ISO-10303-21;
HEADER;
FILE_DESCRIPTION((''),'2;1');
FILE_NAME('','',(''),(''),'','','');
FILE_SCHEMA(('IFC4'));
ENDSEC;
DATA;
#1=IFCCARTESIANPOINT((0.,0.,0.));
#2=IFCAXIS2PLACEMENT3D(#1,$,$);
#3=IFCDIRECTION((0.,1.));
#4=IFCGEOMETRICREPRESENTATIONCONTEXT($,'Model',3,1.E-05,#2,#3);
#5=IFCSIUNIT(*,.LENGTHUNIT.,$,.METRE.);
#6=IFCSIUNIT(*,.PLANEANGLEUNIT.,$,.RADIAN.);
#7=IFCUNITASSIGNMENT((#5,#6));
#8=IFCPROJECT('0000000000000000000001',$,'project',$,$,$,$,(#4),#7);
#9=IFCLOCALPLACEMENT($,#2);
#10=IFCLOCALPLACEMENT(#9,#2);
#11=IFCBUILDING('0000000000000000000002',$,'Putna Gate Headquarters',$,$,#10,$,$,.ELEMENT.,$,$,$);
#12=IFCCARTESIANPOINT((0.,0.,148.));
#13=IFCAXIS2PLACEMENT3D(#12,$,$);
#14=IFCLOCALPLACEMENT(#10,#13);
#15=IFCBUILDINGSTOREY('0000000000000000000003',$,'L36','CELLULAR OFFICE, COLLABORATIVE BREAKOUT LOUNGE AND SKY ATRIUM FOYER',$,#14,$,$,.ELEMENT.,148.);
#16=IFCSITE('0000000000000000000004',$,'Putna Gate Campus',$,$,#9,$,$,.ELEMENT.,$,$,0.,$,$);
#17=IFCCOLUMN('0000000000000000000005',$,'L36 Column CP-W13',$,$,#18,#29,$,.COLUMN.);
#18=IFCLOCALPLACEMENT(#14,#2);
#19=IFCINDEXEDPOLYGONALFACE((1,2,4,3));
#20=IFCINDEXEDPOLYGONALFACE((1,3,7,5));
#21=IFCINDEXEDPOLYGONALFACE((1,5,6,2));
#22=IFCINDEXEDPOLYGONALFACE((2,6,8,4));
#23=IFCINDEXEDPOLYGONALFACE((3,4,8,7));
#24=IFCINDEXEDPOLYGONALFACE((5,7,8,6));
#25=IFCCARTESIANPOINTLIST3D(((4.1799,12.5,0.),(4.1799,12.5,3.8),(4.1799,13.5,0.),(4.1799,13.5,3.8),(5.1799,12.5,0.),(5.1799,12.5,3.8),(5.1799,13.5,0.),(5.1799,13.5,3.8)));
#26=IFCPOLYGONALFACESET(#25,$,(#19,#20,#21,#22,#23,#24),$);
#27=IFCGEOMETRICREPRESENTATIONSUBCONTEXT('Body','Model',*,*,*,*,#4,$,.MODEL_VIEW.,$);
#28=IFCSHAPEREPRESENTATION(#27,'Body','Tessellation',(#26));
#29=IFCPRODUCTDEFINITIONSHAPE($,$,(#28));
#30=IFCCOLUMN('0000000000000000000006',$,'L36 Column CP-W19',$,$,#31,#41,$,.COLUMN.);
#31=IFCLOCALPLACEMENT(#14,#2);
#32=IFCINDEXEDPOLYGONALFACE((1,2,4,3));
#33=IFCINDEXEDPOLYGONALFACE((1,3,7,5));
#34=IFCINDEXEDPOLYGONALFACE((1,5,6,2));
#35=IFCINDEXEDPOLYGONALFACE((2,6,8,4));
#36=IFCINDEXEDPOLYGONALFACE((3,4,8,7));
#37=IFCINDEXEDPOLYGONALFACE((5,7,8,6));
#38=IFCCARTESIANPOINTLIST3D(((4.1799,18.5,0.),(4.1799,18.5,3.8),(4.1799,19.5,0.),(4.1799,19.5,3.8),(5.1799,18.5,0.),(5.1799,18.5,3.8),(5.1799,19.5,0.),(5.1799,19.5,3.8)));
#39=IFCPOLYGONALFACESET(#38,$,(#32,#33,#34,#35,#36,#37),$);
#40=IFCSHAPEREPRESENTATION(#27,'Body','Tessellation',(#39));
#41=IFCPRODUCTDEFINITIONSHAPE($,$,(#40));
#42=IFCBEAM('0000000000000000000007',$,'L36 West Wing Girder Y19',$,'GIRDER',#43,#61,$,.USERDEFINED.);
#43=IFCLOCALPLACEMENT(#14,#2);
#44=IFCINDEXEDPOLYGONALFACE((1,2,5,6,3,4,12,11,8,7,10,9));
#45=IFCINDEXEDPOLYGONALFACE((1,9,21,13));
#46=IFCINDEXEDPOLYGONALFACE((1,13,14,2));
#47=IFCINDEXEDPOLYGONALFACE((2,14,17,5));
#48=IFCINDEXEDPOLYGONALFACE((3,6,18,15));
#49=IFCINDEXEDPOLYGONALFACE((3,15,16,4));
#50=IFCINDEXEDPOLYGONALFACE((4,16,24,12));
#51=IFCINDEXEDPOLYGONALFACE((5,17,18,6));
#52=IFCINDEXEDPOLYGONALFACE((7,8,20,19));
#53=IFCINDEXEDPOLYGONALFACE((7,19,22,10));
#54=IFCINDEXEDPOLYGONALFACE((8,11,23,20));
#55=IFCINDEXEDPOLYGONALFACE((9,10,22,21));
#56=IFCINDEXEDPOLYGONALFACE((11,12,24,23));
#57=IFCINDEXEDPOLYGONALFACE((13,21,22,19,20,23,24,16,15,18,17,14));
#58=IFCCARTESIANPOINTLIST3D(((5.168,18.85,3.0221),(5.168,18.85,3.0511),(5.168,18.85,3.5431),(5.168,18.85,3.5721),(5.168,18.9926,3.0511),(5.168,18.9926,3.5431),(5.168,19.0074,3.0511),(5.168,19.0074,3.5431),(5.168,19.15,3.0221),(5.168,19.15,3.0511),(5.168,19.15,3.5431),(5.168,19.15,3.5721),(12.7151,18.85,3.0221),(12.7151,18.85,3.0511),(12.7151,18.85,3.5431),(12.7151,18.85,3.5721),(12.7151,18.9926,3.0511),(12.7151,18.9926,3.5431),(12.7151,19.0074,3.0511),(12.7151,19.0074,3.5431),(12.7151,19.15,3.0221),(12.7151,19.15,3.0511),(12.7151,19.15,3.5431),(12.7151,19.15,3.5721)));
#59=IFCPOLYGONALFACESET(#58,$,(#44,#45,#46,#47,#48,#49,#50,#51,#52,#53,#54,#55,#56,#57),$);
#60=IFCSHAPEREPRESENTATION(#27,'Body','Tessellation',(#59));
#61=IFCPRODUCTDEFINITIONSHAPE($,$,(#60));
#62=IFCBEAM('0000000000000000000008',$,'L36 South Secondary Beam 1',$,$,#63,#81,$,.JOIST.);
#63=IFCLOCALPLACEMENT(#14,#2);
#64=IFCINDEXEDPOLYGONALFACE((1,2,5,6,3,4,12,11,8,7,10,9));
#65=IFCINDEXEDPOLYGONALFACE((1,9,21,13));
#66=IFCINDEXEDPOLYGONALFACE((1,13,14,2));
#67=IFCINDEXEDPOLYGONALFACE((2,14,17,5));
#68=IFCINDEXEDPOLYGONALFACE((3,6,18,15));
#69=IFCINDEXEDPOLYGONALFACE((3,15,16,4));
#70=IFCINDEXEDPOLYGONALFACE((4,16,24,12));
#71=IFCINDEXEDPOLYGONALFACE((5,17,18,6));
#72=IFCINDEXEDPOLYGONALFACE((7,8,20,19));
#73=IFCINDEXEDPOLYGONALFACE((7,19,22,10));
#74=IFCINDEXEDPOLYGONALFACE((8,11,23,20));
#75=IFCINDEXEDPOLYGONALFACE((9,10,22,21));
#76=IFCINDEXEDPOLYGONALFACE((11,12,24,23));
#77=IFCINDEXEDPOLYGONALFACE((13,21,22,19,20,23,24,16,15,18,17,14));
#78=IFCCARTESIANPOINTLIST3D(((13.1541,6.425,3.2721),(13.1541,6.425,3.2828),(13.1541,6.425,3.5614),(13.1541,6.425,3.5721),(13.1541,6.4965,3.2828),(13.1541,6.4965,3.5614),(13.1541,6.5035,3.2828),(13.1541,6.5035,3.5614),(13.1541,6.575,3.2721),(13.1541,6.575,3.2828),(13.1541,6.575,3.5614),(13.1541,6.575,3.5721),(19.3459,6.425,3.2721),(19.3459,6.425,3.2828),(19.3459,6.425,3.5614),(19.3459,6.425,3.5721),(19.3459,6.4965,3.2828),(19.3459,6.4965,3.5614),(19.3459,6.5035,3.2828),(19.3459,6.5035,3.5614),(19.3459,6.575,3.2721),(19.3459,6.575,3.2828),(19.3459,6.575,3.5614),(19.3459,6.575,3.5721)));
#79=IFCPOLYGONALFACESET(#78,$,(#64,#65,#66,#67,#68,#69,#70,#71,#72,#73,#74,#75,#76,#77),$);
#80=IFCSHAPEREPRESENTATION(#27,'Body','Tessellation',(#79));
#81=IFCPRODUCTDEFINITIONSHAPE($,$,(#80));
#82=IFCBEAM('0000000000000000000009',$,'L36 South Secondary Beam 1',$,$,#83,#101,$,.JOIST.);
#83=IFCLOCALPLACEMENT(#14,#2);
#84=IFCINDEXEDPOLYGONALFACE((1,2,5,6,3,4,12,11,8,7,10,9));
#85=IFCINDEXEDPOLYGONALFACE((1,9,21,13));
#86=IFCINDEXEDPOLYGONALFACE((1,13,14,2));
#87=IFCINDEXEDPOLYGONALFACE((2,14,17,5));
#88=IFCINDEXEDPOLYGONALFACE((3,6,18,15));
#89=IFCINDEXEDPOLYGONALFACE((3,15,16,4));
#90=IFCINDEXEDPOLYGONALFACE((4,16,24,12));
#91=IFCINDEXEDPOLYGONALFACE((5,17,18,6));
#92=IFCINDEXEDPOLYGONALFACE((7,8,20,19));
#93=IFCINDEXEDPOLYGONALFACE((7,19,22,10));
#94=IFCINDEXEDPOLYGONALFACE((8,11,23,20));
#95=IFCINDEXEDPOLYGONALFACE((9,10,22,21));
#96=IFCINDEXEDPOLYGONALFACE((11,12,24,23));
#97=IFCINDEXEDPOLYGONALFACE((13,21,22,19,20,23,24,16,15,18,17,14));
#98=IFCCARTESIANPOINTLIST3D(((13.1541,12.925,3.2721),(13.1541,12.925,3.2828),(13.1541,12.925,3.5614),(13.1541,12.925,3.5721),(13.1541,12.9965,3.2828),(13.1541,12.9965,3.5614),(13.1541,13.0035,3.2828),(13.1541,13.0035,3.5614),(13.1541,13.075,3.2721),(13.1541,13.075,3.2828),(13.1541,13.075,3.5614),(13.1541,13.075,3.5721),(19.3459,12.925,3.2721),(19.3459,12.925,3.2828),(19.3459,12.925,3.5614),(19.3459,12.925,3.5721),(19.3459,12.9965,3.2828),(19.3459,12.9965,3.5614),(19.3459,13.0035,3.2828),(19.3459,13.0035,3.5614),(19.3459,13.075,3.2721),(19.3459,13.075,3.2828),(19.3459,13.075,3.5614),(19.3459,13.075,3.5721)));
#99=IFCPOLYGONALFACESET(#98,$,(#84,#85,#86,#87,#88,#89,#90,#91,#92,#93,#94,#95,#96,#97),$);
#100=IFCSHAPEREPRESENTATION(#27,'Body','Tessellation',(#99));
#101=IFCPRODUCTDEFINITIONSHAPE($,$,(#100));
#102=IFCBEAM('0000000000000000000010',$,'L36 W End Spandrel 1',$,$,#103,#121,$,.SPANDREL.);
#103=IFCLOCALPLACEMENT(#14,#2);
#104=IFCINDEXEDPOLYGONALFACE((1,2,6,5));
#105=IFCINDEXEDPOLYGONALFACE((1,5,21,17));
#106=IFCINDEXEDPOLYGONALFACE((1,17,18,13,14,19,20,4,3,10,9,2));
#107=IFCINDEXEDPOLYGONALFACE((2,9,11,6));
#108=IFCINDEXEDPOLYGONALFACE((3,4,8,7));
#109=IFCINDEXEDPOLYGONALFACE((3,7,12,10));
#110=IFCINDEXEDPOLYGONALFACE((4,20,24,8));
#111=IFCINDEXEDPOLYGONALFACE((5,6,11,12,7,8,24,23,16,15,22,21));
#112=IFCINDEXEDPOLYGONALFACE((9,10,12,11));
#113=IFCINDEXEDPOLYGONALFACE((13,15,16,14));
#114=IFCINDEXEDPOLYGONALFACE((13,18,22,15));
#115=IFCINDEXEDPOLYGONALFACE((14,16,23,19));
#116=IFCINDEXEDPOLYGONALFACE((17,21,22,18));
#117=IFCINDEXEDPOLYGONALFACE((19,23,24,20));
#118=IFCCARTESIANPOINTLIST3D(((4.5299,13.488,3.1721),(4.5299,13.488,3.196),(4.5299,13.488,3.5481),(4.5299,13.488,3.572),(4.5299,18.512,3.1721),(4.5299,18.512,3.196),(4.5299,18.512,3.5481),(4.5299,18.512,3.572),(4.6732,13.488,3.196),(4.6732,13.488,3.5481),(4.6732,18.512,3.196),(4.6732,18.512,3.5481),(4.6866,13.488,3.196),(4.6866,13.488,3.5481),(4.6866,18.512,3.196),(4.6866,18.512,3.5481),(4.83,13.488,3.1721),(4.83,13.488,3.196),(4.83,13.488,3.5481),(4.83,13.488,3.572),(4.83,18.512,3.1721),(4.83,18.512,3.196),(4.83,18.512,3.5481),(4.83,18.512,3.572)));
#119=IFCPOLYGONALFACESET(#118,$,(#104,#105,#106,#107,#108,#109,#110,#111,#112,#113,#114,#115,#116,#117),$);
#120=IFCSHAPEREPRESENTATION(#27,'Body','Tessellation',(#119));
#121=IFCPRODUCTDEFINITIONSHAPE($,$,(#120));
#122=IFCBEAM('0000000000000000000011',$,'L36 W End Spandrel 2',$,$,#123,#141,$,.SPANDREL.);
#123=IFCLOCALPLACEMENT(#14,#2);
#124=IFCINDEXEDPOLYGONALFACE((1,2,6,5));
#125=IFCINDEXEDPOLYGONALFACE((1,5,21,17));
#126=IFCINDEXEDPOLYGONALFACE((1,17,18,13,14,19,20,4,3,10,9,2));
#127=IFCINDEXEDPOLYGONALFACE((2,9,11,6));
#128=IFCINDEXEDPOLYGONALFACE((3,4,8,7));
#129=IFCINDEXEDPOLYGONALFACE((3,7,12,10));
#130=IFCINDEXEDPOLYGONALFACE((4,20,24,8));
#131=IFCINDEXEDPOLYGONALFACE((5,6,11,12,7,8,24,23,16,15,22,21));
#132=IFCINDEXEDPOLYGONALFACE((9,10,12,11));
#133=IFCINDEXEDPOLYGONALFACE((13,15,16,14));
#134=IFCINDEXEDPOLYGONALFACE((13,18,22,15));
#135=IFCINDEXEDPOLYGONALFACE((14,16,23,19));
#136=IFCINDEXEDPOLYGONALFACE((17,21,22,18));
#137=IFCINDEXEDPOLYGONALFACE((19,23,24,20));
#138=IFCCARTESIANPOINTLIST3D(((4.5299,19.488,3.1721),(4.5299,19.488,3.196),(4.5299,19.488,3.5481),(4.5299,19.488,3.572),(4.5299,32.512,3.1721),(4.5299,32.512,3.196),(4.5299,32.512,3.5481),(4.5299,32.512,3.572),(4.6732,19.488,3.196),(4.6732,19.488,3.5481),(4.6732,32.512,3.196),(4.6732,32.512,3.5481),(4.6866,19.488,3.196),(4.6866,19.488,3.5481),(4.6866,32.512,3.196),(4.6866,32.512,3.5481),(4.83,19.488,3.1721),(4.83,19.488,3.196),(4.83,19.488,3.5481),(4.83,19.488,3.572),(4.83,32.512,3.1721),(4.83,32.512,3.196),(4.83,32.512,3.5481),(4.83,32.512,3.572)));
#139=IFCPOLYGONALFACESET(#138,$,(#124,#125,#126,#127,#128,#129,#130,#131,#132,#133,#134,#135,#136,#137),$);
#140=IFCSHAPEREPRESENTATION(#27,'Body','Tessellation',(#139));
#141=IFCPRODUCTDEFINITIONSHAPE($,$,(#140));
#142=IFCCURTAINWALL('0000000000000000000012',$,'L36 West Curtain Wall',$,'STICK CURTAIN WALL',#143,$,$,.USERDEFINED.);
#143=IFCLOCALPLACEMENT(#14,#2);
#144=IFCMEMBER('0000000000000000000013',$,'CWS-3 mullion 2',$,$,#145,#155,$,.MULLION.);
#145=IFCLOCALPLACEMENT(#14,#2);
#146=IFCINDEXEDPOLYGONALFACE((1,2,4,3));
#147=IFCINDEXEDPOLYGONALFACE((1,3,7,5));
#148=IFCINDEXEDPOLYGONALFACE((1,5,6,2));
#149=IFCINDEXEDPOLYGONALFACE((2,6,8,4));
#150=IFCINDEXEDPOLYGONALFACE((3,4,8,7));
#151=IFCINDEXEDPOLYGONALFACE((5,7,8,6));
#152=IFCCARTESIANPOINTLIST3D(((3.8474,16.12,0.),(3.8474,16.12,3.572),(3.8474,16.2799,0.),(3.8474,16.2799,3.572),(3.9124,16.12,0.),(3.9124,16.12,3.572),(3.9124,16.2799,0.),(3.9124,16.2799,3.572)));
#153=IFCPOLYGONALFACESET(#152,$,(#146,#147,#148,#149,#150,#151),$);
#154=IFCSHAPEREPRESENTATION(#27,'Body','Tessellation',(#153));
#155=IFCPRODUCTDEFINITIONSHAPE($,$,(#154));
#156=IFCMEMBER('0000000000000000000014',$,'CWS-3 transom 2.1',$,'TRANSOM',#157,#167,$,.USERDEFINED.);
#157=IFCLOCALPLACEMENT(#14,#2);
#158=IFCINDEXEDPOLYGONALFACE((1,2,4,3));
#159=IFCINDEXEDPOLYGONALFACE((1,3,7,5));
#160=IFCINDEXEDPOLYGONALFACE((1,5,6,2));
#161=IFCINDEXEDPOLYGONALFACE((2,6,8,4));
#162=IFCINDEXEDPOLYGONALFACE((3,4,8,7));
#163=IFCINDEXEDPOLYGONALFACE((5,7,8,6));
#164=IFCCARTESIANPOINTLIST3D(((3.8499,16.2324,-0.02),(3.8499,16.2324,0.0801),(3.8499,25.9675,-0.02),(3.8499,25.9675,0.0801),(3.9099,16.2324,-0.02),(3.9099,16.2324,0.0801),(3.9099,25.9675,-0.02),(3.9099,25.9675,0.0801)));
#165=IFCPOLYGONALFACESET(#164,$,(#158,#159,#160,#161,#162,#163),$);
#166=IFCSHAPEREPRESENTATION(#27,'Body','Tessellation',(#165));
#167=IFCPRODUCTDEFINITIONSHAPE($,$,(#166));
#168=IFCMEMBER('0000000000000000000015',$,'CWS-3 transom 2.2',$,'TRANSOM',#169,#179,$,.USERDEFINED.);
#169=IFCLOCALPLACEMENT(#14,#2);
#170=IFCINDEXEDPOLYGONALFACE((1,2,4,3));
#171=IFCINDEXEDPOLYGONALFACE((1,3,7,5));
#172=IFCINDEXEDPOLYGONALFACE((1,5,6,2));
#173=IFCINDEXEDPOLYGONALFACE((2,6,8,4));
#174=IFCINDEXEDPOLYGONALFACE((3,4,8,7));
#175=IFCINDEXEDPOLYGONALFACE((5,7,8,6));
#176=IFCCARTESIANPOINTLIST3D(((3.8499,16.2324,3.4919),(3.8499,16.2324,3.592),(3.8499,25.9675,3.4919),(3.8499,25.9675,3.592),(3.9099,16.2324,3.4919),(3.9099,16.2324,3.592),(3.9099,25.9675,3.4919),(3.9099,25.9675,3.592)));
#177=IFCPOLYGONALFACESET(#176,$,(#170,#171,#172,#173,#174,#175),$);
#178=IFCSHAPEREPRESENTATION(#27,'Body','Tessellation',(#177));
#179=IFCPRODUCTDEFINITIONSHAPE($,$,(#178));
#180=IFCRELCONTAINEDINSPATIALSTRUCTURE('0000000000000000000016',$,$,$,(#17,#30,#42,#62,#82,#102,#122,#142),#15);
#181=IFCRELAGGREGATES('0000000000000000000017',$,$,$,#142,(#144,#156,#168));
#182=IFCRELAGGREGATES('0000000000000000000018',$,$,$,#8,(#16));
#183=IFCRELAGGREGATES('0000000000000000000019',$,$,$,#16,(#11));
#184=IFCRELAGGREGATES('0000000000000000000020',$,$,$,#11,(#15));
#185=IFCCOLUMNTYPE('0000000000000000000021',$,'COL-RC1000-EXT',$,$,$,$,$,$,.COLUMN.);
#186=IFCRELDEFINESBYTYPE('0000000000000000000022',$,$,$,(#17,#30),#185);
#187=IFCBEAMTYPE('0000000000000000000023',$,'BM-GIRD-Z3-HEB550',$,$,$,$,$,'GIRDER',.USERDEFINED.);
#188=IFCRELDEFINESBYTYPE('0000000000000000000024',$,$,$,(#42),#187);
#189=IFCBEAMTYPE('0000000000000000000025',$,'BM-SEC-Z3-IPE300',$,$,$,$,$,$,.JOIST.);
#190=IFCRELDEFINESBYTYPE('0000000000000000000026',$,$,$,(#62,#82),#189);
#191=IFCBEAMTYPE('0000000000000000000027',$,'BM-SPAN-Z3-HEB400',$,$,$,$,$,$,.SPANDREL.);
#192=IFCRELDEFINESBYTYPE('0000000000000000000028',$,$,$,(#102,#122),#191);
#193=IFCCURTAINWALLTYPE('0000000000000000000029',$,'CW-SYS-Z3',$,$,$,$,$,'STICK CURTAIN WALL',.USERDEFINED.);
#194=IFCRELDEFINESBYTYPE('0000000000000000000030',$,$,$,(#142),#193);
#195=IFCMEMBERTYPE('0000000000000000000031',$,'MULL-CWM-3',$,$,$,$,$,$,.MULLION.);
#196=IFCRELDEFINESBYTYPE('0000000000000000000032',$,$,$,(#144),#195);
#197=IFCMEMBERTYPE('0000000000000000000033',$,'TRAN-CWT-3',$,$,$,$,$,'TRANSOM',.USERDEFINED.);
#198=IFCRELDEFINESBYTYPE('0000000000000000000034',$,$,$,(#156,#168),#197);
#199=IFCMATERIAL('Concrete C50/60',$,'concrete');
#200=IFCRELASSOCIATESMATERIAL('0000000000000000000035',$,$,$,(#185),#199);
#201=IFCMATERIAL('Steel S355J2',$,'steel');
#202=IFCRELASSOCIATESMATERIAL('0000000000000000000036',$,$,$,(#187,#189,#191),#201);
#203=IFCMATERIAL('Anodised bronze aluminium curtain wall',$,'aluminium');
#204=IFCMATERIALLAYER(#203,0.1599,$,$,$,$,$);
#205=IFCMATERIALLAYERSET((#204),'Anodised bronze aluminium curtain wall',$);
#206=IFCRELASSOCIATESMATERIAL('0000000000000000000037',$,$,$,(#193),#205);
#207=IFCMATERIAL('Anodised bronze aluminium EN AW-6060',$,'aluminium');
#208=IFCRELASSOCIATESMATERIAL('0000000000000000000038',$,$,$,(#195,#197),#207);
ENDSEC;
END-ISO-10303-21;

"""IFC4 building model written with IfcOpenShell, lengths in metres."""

from ifc_helpers import new_model, si_unit, direction, frame, origin, origin_2d, place, context, subcontext, project, spatial, rectangle, i_section, extrude, material, layer, layer_set, material_profile, profile_set, type_object, element, aggregate, save


model = new_model("IFC4")

# Units and contexts
model_context = context("Model", 3, precision=1e-05, world=origin(), true_north=direction((0.0, 1.0)))
body_context = subcontext(model_context, "Body", "Model", "MODEL_VIEW")
ifc_project = project(units=[si_unit("LENGTHUNIT", "METRE"), si_unit("PLANEANGLEUNIT", "RADIAN")], contexts=[model_context])

# Site, building, storey
site_placement = place(None, origin())
site = spatial("IfcSite", under=ifc_project, at=site_placement, Name="Putna Gate Campus", CompositionType="ELEMENT", RefElevation=0.0)
building_placement = place(site_placement, origin())
building = spatial("IfcBuilding", under=site, at=building_placement, Name="Putna Gate Headquarters", CompositionType="ELEMENT")
storey_placement = place(building_placement, frame((0.0, 0.0, 148.0)))
storey = spatial("IfcBuildingStorey", under=building, at=storey_placement, Name="L36", Description="CELLULAR OFFICE, COLLABORATIVE BREAKOUT LOUNGE AND SKY ATRIUM FOYER", CompositionType="ELEMENT", Elevation=148.0)

# Columns
ifc_material_1 = material(Name="Concrete C50/60", Category="concrete")
ifc_material_profile_1 = material_profile(ifc_material_1, rectangle(XDim=1.0, YDim=1.0, at=origin_2d()), Name="Concrete C50/60")
ifc_profile_set_1 = profile_set([ifc_material_profile_1], Name="Concrete C50/60")
column_type = type_object("IfcColumnType", Name="COL-RC1000-EXT", PredefinedType="COLUMN", material=ifc_profile_set_1)
for number, where, z_axis, x_axis, name in (
    (1, (4.6799, 13.0, 0.0), (0.0, 0.0, 1.0), (1.0, 0.0, 0.0), "L36 Column CP-W13"),
    (2, (4.6799, 19.0, 0.0), (0.0, 0.0, 1.0), (1.0, 0.0, 0.0), "L36 Column CP-W19"),
):
    element("IfcColumn", number, at=place(storey_placement, frame(where, z_axis=z_axis, x_axis=x_axis)), inside=storey, type_object=column_type, Name=name, PredefinedType="COLUMN", context=body_context, shape_type="SweptSolid", body=[
        extrude(rectangle(XDim=1.0, YDim=1.0, at=origin_2d()), origin(), (0.0, 0.0, 1.0), 3.8),
    ])

# Beams
ifc_material_2 = material(Name="Steel S355J2", Category="steel")
ifc_material_profile_2 = material_profile(ifc_material_2, i_section(OverallWidth=0.3, OverallDepth=0.55, WebThickness=0.0149, FlangeThickness=0.0291, at=origin_2d()), Name="Steel S355J2")
ifc_profile_set_2 = profile_set([ifc_material_profile_2], Name="Steel S355J2")
beam_type_1 = type_object("IfcBeamType", Name="BM-GIRD-Z3-HEB550", ElementType="GIRDER", PredefinedType="USERDEFINED", material=ifc_profile_set_2)
beam_1_placement = place(storey_placement, frame((5.168, 19.0, 3.2971), z_axis=(1.0, 0.0, 0.0), x_axis=(0.0, 1.0, 0.0)))
element("IfcBeam", 3, at=beam_1_placement, inside=storey, type_object=beam_type_1, Name="L36 West Wing Girder Y19", ObjectType="GIRDER", PredefinedType="USERDEFINED", context=body_context, shape_type="SweptSolid", body=[
    extrude(i_section(OverallWidth=0.3, OverallDepth=0.55, WebThickness=0.0149, FlangeThickness=0.0291, at=origin_2d()), origin(), (0.0, 0.0, 1.0), 7.5471),
])
ifc_material_profile_3 = material_profile(ifc_material_2, i_section(OverallWidth=0.1499, OverallDepth=0.3, WebThickness=0.0071, FlangeThickness=0.0107, at=origin_2d()), Name="Steel S355J2")
ifc_profile_set_3 = profile_set([ifc_material_profile_3], Name="Steel S355J2")
beam_type_2 = type_object("IfcBeamType", Name="BM-SEC-Z3-IPE300", PredefinedType="JOIST", material=ifc_profile_set_3)
for number, where, z_axis, x_axis, name in (
    (4, (13.1541, 6.5, 3.4221), (1.0, 0.0, 0.0), (0.0, 1.0, 0.0), "L36 South Secondary Beam 1"),
    (5, (13.1541, 13.0, 3.4221), (1.0, 0.0, 0.0), (0.0, 1.0, 0.0), "L36 South Secondary Beam 1"),
):
    element("IfcBeam", number, at=place(storey_placement, frame(where, z_axis=z_axis, x_axis=x_axis)), inside=storey, type_object=beam_type_2, Name=name, PredefinedType="JOIST", context=body_context, shape_type="SweptSolid", body=[
        extrude(i_section(OverallWidth=0.1499, OverallDepth=0.3, WebThickness=0.0071, FlangeThickness=0.0107, at=origin_2d()), origin(), (0.0, 0.0, 1.0), 6.1919),
    ])
ifc_material_profile_4 = material_profile(ifc_material_2, i_section(OverallWidth=0.3, OverallDepth=0.3999, WebThickness=0.0134, FlangeThickness=0.0239, at=origin_2d()), Name="Steel S355J2")
ifc_profile_set_4 = profile_set([ifc_material_profile_4], Name="Steel S355J2")
beam_type_3 = type_object("IfcBeamType", Name="BM-SPAN-Z3-HEB400", PredefinedType="SPANDREL", material=ifc_profile_set_4)
beam_2_placement = place(storey_placement, frame((4.6799, 13.488, 3.3721), z_axis=(0.0, 1.0, 0.0), x_axis=(-1.0, 0.0, 0.0)))
element("IfcBeam", 6, at=beam_2_placement, inside=storey, type_object=beam_type_3, Name="L36 W End Spandrel 1", PredefinedType="SPANDREL", context=body_context, shape_type="SweptSolid", body=[
    extrude(i_section(OverallWidth=0.3, OverallDepth=0.3999, WebThickness=0.0134, FlangeThickness=0.0239, at=origin_2d()), origin(), (0.0, 0.0, 1.0), 5.0239),
])
beam_3_placement = place(storey_placement, frame((4.6799, 19.488, 3.3721), z_axis=(0.0, 1.0, 0.0), x_axis=(-1.0, 0.0, 0.0)))
element("IfcBeam", 7, at=beam_3_placement, inside=storey, type_object=beam_type_3, Name="L36 W End Spandrel 2", PredefinedType="SPANDREL", context=body_context, shape_type="SweptSolid", body=[
    extrude(i_section(OverallWidth=0.3, OverallDepth=0.3999, WebThickness=0.0134, FlangeThickness=0.0239, at=origin_2d()), origin(), (0.0, 0.0, 1.0), 13.0239),
])

# Curtain wall, members
ifc_material_3 = material(Name="Anodised bronze aluminium curtain wall", Category="aluminium")
ifc_layer_1 = layer(ifc_material_3, 0.1599)
ifc_layer_set_1 = layer_set([ifc_layer_1], Name="Anodised bronze aluminium curtain wall")
curtain_wall_type = type_object("IfcCurtainWallType", Name="CW-SYS-Z3", ElementType="STICK CURTAIN WALL", PredefinedType="USERDEFINED", material=ifc_layer_set_1)
curtain_wall_placement = place(storey_placement, origin())
curtain_wall = element("IfcCurtainWall", 8, at=curtain_wall_placement, inside=storey, type_object=curtain_wall_type, Name="L36 West Curtain Wall", ObjectType="STICK CURTAIN WALL", PredefinedType="USERDEFINED")
ifc_material_4 = material(Name="Anodised bronze aluminium EN AW-6060", Category="aluminium")
ifc_material_profile_5 = material_profile(ifc_material_4, rectangle(XDim=0.0649, YDim=0.1599, at=origin_2d()), Name="Anodised bronze aluminium EN AW-6060")
ifc_profile_set_5 = profile_set([ifc_material_profile_5], Name="Anodised bronze aluminium EN AW-6060")
member_type_1 = type_object("IfcMemberType", Name="MULL-CWM-3", PredefinedType="MULLION", material=ifc_profile_set_5)
member_1_placement = place(storey_placement, frame((3.8799, 16.2, 0.0), z_axis=(0.0, 0.0, 1.0), x_axis=(-1.0, 0.0, 0.0)))
member_1 = element("IfcMember", 9, at=member_1_placement, type_object=member_type_1, Name="CWS-3 mullion 2", PredefinedType="MULLION", context=body_context, shape_type="SweptSolid", body=[
    extrude(rectangle(XDim=0.0649, YDim=0.1599, at=origin_2d()), origin(), (0.0, 0.0, 1.0), 3.572),
])
ifc_material_profile_6 = material_profile(ifc_material_4, rectangle(XDim=0.0601, YDim=0.1001, at=origin_2d()), Name="Anodised bronze aluminium EN AW-6060")
ifc_profile_set_6 = profile_set([ifc_material_profile_6], Name="Anodised bronze aluminium EN AW-6060")
member_type_2 = type_object("IfcMemberType", Name="TRAN-CWT-3", ElementType="TRANSOM", PredefinedType="USERDEFINED", material=ifc_profile_set_6)
member_2_placement = place(storey_placement, frame((3.8799, 16.2324, 0.03), z_axis=(0.0, 1.0, 0.0), x_axis=(-1.0, 0.0, 0.0)))
member_2 = element("IfcMember", 10, at=member_2_placement, type_object=member_type_2, Name="CWS-3 transom 2.1", ObjectType="TRANSOM", PredefinedType="USERDEFINED", context=body_context, shape_type="SweptSolid", body=[
    extrude(rectangle(XDim=0.0601, YDim=0.1001, at=origin_2d()), origin(), (0.0, 0.0, 1.0), 9.7351),
])
member_3_placement = place(storey_placement, frame((3.8799, 16.2324, 3.542), z_axis=(0.0, 1.0, 0.0), x_axis=(-1.0, 0.0, 0.0)))
member_3 = element("IfcMember", 11, at=member_3_placement, type_object=member_type_2, Name="CWS-3 transom 2.2", ObjectType="TRANSOM", PredefinedType="USERDEFINED", context=body_context, shape_type="SweptSolid", body=[
    extrude(rectangle(XDim=0.0601, YDim=0.1001, at=origin_2d()), origin(), (0.0, 0.0, 1.0), 9.7351),
])
aggregate(curtain_wall, [member_1, member_2, member_3])

save(model, "model.ifc")
